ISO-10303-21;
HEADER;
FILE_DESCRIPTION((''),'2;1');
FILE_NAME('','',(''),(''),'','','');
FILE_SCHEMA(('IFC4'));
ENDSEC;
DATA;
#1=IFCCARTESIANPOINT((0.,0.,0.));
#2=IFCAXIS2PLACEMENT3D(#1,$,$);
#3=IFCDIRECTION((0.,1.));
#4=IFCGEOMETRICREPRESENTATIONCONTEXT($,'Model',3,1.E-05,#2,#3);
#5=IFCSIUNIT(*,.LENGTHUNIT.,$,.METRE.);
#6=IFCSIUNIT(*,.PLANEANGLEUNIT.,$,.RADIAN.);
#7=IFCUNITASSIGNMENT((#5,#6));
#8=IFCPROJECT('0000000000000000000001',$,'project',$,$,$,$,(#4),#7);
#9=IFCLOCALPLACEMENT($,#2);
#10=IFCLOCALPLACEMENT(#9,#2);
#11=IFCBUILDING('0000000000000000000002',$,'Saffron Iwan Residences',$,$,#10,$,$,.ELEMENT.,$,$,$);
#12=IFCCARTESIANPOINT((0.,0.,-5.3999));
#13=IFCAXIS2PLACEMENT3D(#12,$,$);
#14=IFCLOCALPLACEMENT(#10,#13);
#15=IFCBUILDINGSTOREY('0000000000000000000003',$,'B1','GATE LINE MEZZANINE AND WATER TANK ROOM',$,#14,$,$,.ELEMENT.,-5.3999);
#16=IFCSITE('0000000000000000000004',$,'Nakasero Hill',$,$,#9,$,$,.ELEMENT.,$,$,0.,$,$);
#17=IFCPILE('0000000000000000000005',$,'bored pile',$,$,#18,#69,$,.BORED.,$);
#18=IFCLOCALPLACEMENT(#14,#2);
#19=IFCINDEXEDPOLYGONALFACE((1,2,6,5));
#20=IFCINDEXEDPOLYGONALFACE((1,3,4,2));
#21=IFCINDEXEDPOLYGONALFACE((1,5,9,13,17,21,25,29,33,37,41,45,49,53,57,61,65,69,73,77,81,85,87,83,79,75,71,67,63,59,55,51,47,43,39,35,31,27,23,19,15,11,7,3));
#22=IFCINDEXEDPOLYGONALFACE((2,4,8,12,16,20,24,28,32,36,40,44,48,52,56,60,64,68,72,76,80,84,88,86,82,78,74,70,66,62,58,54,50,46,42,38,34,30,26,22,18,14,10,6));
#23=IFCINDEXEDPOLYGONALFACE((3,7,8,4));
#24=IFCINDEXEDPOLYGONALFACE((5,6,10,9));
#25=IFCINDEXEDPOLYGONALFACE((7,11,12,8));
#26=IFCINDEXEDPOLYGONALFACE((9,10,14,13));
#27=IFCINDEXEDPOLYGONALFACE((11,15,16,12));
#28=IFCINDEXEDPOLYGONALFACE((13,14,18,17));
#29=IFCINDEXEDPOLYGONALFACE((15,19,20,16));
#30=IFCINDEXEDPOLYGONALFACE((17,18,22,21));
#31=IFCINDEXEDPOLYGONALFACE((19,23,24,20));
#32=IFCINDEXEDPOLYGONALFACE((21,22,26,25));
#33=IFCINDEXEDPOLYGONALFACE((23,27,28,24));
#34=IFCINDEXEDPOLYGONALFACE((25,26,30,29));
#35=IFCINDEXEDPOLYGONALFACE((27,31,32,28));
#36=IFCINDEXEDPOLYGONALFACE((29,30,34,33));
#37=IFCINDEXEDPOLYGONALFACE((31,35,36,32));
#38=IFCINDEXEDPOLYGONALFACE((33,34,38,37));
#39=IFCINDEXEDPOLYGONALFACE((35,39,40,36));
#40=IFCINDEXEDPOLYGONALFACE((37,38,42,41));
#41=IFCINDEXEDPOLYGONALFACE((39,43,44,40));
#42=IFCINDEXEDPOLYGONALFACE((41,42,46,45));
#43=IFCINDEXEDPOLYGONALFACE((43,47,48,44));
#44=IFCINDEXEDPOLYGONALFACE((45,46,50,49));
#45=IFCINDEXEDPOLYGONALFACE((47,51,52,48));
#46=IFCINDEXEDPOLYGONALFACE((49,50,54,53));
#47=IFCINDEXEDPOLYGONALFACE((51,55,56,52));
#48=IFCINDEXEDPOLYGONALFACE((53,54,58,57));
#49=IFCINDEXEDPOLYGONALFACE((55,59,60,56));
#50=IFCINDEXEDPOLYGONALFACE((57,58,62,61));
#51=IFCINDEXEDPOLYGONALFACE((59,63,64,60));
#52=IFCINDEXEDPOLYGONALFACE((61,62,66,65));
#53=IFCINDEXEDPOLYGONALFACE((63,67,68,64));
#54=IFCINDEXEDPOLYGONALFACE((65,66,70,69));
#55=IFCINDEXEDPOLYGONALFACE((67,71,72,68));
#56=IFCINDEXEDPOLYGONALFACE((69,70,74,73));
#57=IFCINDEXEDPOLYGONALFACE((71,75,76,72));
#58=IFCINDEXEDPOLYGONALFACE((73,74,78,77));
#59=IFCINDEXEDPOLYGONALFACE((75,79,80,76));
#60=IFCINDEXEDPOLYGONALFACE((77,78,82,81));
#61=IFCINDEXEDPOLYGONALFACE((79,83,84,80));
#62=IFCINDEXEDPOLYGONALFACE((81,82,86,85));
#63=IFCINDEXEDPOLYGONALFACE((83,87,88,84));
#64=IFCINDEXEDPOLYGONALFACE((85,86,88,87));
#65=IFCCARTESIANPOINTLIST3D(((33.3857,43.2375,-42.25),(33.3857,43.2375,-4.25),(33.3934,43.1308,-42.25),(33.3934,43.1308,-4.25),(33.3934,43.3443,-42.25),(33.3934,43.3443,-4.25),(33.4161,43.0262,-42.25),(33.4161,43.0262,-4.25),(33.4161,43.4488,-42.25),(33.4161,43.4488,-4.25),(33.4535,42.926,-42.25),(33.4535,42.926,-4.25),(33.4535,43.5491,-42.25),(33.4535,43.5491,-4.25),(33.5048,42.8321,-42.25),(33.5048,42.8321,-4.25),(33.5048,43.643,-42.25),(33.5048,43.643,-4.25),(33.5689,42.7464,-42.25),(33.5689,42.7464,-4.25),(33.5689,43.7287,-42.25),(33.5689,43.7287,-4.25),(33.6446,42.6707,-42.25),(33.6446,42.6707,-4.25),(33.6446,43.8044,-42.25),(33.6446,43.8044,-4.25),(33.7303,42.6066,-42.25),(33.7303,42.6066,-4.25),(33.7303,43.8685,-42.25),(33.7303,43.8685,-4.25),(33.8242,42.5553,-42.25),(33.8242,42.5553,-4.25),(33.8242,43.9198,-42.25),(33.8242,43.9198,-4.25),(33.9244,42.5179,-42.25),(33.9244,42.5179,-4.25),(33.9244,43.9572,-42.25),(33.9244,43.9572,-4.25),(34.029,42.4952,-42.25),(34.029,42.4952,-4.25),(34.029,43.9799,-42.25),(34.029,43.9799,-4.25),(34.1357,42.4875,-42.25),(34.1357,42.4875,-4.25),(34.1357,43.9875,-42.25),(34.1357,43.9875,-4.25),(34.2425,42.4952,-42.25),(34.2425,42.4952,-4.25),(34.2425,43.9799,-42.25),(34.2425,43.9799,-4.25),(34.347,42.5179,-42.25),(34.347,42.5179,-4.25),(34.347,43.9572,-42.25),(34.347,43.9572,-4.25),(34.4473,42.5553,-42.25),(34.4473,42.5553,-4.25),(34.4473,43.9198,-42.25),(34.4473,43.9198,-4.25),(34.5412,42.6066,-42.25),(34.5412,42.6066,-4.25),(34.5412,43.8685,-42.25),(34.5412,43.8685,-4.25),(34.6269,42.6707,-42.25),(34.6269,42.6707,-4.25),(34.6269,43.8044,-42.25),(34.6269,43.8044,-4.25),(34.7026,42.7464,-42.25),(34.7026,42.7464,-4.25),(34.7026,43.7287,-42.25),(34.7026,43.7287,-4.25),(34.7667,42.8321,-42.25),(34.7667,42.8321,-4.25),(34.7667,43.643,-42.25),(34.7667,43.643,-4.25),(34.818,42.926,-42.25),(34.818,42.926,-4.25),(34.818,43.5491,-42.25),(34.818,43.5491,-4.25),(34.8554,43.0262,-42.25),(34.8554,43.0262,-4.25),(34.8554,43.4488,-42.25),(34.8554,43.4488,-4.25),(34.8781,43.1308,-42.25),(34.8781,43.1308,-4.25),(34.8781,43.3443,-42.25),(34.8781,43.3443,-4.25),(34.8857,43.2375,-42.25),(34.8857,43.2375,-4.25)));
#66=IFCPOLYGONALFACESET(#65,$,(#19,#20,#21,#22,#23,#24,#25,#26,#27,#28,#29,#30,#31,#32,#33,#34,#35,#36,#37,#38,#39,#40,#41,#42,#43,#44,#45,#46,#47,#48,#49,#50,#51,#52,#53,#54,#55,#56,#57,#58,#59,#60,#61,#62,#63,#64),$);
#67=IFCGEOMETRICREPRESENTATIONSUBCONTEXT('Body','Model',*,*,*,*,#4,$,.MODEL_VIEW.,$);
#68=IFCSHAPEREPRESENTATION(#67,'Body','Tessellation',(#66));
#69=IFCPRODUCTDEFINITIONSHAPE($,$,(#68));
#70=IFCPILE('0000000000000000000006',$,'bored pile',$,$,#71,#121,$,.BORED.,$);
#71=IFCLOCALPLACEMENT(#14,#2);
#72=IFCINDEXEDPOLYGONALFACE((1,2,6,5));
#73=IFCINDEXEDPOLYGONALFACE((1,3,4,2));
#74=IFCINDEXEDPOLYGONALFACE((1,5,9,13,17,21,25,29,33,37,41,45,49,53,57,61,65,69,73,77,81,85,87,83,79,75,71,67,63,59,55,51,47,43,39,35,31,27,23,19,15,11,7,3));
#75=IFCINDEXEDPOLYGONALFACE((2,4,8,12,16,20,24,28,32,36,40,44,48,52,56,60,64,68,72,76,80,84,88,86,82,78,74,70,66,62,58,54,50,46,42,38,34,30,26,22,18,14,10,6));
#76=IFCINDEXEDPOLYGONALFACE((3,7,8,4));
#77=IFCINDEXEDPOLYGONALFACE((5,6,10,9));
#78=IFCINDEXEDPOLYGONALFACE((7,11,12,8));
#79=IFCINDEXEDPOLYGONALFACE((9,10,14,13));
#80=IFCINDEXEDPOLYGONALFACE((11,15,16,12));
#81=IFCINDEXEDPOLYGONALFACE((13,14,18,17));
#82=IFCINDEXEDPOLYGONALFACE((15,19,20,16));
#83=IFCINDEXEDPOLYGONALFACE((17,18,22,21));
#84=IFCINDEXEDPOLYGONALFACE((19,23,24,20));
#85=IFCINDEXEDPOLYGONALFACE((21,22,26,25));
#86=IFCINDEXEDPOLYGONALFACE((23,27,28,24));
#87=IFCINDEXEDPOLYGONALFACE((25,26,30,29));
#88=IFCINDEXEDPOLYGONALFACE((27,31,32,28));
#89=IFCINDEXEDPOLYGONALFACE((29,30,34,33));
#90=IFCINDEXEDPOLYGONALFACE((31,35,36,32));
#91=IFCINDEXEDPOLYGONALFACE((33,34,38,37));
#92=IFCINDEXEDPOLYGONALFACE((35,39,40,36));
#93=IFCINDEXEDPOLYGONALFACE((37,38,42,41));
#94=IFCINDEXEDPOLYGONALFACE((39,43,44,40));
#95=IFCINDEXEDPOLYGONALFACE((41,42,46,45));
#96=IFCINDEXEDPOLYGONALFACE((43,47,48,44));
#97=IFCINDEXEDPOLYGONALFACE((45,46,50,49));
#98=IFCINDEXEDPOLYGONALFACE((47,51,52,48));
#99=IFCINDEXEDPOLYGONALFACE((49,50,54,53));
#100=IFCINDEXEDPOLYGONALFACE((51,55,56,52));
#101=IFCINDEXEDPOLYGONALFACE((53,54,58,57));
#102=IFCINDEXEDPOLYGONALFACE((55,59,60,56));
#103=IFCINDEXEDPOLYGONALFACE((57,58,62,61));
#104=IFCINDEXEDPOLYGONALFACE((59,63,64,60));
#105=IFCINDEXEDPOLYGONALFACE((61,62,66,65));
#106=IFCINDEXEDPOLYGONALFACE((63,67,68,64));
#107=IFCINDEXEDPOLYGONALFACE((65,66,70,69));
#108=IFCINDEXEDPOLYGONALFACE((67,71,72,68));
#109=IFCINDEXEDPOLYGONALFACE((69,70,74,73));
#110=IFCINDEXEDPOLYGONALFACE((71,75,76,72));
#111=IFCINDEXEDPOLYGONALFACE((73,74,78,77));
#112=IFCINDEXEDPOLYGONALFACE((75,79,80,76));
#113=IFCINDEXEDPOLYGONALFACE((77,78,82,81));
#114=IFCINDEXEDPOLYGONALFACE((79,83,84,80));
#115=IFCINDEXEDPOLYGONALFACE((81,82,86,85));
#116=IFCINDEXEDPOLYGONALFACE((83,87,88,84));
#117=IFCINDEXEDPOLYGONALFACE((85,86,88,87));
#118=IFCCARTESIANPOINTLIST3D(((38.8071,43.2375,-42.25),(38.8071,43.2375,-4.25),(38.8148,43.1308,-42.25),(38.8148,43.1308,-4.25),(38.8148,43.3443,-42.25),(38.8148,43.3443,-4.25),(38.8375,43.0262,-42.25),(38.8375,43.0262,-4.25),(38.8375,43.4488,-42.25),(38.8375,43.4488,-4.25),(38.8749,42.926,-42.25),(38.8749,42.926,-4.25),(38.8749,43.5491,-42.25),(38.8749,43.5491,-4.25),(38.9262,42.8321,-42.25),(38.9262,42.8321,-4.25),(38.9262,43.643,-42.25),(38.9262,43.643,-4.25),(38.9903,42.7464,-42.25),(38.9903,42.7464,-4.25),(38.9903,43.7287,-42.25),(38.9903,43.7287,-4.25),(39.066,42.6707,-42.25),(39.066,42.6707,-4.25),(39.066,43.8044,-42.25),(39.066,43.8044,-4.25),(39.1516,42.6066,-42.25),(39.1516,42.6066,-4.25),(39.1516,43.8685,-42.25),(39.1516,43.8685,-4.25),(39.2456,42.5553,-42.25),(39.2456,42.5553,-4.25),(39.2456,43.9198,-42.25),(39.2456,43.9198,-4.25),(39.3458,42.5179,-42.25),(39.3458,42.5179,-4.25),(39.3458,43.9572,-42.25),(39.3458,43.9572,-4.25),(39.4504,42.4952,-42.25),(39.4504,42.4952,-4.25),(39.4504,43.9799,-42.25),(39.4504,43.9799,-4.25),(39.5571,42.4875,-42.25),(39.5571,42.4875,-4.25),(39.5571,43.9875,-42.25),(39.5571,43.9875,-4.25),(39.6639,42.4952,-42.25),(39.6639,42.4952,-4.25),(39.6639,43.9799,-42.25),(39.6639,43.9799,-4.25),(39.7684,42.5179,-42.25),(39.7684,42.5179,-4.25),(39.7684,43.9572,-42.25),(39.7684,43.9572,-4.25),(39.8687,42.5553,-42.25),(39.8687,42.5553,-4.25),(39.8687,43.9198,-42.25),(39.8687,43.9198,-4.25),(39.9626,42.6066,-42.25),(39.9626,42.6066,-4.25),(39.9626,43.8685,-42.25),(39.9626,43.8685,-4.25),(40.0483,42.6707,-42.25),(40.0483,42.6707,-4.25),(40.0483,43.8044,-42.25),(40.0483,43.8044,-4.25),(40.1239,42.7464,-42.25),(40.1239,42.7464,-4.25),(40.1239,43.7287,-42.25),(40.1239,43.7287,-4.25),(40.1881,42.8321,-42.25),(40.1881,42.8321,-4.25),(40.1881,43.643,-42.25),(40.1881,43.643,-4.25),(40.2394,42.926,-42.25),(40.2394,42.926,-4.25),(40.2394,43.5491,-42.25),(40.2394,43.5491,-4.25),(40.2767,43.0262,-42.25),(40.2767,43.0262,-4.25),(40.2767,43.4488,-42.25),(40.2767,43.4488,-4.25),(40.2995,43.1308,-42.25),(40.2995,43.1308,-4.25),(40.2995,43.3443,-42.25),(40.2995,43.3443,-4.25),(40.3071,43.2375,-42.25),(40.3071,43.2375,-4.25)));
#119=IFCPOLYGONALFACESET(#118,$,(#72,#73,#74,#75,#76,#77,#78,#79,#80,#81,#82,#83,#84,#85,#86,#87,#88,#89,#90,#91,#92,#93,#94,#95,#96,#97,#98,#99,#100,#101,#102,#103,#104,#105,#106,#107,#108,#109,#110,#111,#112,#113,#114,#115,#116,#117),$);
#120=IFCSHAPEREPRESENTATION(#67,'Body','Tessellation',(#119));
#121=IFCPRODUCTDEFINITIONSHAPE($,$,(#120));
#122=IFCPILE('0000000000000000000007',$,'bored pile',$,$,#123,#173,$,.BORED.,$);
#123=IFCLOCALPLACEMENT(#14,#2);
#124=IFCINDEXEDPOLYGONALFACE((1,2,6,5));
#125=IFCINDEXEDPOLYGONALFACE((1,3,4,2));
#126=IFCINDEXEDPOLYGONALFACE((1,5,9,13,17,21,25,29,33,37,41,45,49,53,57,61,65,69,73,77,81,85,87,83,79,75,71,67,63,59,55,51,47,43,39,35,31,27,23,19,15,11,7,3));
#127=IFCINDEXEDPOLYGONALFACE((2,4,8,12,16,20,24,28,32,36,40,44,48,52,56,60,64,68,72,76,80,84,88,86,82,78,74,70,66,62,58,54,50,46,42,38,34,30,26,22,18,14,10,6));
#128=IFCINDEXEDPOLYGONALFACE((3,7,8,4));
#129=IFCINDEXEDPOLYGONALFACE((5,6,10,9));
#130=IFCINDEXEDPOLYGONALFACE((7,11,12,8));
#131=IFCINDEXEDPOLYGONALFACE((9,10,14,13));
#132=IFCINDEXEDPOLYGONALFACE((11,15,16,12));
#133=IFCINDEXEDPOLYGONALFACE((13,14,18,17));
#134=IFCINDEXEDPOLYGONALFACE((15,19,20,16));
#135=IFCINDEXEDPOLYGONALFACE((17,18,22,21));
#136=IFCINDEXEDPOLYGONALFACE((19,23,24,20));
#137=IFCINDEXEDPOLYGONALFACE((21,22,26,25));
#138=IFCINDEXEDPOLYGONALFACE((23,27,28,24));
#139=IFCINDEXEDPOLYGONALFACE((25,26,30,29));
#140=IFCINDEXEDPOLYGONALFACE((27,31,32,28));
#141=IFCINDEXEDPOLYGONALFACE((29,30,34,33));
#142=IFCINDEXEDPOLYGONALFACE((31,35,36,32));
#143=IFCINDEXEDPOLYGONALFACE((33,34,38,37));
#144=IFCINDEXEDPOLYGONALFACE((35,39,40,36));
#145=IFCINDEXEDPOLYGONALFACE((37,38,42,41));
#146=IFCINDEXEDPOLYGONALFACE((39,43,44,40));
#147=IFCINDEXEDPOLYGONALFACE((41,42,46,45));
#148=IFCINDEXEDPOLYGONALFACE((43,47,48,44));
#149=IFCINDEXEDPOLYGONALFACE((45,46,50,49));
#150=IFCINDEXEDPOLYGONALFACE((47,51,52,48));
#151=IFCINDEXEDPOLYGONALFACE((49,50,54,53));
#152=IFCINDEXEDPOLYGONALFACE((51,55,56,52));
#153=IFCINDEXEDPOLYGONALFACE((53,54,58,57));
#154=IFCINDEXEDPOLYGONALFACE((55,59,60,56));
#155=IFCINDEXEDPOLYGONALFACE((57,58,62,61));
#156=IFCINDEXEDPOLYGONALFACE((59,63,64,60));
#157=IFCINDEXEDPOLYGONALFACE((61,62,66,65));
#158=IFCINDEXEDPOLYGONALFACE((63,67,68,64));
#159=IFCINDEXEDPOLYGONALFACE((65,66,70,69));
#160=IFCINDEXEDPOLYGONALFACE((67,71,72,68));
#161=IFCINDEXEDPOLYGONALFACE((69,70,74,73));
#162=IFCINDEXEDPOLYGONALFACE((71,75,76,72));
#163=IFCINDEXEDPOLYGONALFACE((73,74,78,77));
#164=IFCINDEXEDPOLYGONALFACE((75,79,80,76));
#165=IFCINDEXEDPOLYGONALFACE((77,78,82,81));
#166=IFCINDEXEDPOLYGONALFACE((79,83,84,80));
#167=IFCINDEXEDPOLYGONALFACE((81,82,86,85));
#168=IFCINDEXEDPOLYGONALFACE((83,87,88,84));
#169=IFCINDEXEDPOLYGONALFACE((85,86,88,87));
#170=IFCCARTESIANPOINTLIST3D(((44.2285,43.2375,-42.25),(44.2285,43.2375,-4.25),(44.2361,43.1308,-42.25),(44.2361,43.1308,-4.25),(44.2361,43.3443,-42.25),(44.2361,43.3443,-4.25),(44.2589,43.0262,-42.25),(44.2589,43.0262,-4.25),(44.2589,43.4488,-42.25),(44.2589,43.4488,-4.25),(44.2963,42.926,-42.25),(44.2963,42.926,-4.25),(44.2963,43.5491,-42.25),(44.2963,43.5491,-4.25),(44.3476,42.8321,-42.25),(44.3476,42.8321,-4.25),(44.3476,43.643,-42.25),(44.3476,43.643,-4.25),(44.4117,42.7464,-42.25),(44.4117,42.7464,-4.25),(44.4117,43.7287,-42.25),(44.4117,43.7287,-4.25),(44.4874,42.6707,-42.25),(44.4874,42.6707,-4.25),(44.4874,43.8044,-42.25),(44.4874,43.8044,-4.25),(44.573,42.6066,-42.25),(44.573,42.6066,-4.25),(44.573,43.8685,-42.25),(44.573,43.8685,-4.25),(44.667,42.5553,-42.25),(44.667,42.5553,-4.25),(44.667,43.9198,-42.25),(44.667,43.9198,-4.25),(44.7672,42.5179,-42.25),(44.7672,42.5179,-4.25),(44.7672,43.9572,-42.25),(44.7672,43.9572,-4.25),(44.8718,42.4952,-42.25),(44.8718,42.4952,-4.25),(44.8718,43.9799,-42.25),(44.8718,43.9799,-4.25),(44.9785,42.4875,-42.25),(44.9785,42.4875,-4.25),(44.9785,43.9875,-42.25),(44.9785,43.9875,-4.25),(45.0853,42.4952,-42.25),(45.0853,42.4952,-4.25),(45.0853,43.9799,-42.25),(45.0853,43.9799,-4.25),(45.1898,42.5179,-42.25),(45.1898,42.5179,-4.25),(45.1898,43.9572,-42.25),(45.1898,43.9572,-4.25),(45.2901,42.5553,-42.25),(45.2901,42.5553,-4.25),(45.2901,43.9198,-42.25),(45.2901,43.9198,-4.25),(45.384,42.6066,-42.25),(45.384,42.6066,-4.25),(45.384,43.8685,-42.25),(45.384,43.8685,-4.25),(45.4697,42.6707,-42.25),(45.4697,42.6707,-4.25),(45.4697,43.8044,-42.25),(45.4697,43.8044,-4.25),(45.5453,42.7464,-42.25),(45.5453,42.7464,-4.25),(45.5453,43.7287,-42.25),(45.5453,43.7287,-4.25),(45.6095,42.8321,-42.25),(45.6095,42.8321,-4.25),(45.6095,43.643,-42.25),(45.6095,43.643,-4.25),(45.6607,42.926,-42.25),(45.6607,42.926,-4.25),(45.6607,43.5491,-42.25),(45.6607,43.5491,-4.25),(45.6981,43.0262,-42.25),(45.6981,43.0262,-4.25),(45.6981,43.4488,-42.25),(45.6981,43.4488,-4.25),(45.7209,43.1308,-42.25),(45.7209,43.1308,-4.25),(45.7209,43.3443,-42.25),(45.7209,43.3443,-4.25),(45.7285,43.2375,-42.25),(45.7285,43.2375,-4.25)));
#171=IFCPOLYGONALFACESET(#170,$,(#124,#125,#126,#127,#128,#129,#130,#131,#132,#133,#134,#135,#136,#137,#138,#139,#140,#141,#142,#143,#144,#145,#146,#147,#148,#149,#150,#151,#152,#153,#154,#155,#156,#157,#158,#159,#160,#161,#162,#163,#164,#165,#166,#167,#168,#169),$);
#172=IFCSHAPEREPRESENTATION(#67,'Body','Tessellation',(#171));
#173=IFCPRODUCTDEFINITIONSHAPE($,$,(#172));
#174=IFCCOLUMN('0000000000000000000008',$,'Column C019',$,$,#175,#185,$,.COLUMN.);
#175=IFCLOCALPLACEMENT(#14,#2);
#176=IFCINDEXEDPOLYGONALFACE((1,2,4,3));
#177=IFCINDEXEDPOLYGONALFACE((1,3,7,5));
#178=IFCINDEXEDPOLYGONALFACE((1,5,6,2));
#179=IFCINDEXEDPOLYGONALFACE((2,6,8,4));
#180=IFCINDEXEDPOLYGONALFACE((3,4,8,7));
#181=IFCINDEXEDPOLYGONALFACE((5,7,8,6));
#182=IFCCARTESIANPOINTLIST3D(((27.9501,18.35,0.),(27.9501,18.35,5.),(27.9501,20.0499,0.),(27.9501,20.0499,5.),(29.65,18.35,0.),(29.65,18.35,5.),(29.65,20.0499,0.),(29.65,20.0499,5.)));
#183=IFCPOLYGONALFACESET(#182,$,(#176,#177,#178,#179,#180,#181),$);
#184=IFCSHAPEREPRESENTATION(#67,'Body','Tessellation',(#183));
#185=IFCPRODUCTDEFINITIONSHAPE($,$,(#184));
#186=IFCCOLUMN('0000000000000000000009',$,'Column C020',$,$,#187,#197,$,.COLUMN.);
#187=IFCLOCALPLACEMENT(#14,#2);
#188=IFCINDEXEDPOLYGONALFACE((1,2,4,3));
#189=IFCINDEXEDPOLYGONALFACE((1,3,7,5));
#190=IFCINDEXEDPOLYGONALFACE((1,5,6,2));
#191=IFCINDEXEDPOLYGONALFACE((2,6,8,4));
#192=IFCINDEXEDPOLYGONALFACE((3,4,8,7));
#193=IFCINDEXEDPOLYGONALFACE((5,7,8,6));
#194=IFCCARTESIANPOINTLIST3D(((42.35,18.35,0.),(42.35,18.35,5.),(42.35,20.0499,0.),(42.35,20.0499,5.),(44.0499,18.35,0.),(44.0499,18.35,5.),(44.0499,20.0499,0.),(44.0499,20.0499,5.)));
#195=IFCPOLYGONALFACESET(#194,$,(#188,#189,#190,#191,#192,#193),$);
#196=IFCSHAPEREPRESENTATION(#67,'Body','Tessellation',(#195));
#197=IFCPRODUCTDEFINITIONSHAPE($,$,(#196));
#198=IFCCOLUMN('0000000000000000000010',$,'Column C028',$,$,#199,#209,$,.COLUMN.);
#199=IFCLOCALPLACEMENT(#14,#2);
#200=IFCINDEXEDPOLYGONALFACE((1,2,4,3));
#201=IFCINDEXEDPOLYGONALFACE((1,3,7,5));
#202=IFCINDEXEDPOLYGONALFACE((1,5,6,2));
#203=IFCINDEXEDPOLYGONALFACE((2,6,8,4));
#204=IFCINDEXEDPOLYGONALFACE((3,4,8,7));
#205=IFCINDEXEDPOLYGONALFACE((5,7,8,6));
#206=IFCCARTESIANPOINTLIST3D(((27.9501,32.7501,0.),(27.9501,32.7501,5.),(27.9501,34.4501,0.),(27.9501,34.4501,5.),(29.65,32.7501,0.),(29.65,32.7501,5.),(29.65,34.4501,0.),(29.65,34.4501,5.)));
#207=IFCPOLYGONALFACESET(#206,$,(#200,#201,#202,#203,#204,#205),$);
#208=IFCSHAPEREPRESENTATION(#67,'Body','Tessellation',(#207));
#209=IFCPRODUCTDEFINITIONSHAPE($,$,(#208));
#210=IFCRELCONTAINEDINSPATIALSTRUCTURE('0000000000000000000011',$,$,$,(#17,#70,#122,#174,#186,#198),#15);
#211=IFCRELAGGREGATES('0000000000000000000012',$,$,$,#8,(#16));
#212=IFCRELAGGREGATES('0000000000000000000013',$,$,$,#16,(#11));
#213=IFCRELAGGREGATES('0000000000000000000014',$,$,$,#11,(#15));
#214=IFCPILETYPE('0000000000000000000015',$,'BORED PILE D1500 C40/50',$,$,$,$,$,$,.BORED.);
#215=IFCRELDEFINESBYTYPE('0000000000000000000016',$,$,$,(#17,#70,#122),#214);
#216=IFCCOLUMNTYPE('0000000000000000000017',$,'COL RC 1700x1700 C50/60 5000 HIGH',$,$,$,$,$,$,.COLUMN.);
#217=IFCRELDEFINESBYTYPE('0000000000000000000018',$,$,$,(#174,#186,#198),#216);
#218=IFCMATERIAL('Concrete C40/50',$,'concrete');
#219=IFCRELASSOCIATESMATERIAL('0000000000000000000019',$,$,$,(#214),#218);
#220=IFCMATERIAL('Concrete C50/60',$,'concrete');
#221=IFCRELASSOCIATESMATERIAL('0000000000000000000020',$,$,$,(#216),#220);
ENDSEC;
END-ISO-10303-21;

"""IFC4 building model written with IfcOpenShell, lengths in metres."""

from ifc_helpers import new_model, si_unit, direction, frame, origin, origin_2d, place, context, subcontext, project, spatial, rectangle, circle, extrude, source, transform, mapped, material, material_profile, profile_set, type_object, element, save


model = new_model("IFC4")

# Units and contexts
model_context = context("Model", 3, precision=1e-05, world=origin(), true_north=direction((0.0, 1.0)))
body_context = subcontext(model_context, "Body", "Model", "MODEL_VIEW")
ifc_project = project(units=[si_unit("LENGTHUNIT", "METRE"), si_unit("PLANEANGLEUNIT", "RADIAN")], contexts=[model_context])

# Site, building, storey
site_placement = place(None, origin())
site = spatial("IfcSite", under=ifc_project, at=site_placement, Name="Nakasero Hill", CompositionType="ELEMENT", RefElevation=0.0)
building_placement = place(site_placement, origin())
building = spatial("IfcBuilding", under=site, at=building_placement, Name="Saffron Iwan Residences", CompositionType="ELEMENT")
storey_placement = place(building_placement, frame((0.0, 0.0, -5.3999)))
storey = spatial("IfcBuildingStorey", under=building, at=storey_placement, Name="B1", Description="GATE LINE MEZZANINE AND WATER TANK ROOM", CompositionType="ELEMENT", Elevation=-5.3999)

# Piles
ifc_material_1 = material(Name="Concrete C40/50", Category="concrete")
ifc_material_profile_1 = material_profile(ifc_material_1, circle(Radius=0.75, at=origin_2d()), Name="RC D1500")
ifc_profile_set_1 = profile_set([ifc_material_profile_1], Name="Concrete C40/50")
pile_type = type_object("IfcPileType", Name="BORED PILE D1500 C40/50", PredefinedType="BORED", material=ifc_profile_set_1)
for number, where, z_axis, x_axis, name in (
    (1, (34.1357, 43.2375, -4.25), (0.0, 0.0, -1.0), (1.0, 0.0, 0.0), "bored pile"),
    (2, (39.5571, 43.2375, -4.25), (0.0, 0.0, -1.0), (1.0, 0.0, 0.0), "bored pile"),
    (3, (44.9785, 43.2375, -4.25), (0.0, 0.0, -1.0), (1.0, 0.0, 0.0), "bored pile"),
):
    element("IfcPile", number, at=place(storey_placement, frame(where, z_axis=z_axis, x_axis=x_axis)), inside=storey, type_object=pile_type, Name=name, PredefinedType="BORED", context=body_context, shape_type="SweptSolid", body=[
        extrude(circle(Radius=0.75, at=origin_2d()), origin(), (0.0, 0.0, 1.0), 38.0),
    ])

# Columns
ifc_material_2 = material(Name="Concrete C50/60", Category="concrete")
ifc_material_profile_2 = material_profile(ifc_material_2, rectangle(XDim=1.7, YDim=1.7, at=origin_2d()), Name="RC 1700x1700")
ifc_profile_set_2 = profile_set([ifc_material_profile_2], Name="Concrete C50/60")
column_type = type_object("IfcColumnType", Name="COL RC 1700x1700 C50/60 5000 HIGH", PredefinedType="COLUMN", material=ifc_profile_set_2)
shared_shape_1 = source(origin(), body_context, "Body", "SweptSolid", [
    extrude(rectangle(XDim=1.7, YDim=1.7, at=origin_2d()), origin(), (0.0, 0.0, 1.0), 5.0),
])
for number, where, z_axis, x_axis, name in (
    (4, (28.8, 19.2, 0.0), (0.0, 0.0, 1.0), (1.0, 0.0, 0.0), "Column C019"),
    (5, (43.2, 19.2, 0.0), (0.0, 0.0, 1.0), (1.0, 0.0, 0.0), "Column C020"),
    (6, (28.8, 33.6001, 0.0), (0.0, 0.0, 1.0), (1.0, 0.0, 0.0), "Column C028"),
):
    element("IfcColumn", number, at=place(storey_placement, frame(where, z_axis=z_axis, x_axis=x_axis)), inside=storey, type_object=column_type, Name=name, PredefinedType="COLUMN", context=body_context, shape_type="MappedRepresentation", body=[
        mapped(shared_shape_1, transform((0.0, 0.0, 0.0))),
    ])

save(model, "model.ifc")
